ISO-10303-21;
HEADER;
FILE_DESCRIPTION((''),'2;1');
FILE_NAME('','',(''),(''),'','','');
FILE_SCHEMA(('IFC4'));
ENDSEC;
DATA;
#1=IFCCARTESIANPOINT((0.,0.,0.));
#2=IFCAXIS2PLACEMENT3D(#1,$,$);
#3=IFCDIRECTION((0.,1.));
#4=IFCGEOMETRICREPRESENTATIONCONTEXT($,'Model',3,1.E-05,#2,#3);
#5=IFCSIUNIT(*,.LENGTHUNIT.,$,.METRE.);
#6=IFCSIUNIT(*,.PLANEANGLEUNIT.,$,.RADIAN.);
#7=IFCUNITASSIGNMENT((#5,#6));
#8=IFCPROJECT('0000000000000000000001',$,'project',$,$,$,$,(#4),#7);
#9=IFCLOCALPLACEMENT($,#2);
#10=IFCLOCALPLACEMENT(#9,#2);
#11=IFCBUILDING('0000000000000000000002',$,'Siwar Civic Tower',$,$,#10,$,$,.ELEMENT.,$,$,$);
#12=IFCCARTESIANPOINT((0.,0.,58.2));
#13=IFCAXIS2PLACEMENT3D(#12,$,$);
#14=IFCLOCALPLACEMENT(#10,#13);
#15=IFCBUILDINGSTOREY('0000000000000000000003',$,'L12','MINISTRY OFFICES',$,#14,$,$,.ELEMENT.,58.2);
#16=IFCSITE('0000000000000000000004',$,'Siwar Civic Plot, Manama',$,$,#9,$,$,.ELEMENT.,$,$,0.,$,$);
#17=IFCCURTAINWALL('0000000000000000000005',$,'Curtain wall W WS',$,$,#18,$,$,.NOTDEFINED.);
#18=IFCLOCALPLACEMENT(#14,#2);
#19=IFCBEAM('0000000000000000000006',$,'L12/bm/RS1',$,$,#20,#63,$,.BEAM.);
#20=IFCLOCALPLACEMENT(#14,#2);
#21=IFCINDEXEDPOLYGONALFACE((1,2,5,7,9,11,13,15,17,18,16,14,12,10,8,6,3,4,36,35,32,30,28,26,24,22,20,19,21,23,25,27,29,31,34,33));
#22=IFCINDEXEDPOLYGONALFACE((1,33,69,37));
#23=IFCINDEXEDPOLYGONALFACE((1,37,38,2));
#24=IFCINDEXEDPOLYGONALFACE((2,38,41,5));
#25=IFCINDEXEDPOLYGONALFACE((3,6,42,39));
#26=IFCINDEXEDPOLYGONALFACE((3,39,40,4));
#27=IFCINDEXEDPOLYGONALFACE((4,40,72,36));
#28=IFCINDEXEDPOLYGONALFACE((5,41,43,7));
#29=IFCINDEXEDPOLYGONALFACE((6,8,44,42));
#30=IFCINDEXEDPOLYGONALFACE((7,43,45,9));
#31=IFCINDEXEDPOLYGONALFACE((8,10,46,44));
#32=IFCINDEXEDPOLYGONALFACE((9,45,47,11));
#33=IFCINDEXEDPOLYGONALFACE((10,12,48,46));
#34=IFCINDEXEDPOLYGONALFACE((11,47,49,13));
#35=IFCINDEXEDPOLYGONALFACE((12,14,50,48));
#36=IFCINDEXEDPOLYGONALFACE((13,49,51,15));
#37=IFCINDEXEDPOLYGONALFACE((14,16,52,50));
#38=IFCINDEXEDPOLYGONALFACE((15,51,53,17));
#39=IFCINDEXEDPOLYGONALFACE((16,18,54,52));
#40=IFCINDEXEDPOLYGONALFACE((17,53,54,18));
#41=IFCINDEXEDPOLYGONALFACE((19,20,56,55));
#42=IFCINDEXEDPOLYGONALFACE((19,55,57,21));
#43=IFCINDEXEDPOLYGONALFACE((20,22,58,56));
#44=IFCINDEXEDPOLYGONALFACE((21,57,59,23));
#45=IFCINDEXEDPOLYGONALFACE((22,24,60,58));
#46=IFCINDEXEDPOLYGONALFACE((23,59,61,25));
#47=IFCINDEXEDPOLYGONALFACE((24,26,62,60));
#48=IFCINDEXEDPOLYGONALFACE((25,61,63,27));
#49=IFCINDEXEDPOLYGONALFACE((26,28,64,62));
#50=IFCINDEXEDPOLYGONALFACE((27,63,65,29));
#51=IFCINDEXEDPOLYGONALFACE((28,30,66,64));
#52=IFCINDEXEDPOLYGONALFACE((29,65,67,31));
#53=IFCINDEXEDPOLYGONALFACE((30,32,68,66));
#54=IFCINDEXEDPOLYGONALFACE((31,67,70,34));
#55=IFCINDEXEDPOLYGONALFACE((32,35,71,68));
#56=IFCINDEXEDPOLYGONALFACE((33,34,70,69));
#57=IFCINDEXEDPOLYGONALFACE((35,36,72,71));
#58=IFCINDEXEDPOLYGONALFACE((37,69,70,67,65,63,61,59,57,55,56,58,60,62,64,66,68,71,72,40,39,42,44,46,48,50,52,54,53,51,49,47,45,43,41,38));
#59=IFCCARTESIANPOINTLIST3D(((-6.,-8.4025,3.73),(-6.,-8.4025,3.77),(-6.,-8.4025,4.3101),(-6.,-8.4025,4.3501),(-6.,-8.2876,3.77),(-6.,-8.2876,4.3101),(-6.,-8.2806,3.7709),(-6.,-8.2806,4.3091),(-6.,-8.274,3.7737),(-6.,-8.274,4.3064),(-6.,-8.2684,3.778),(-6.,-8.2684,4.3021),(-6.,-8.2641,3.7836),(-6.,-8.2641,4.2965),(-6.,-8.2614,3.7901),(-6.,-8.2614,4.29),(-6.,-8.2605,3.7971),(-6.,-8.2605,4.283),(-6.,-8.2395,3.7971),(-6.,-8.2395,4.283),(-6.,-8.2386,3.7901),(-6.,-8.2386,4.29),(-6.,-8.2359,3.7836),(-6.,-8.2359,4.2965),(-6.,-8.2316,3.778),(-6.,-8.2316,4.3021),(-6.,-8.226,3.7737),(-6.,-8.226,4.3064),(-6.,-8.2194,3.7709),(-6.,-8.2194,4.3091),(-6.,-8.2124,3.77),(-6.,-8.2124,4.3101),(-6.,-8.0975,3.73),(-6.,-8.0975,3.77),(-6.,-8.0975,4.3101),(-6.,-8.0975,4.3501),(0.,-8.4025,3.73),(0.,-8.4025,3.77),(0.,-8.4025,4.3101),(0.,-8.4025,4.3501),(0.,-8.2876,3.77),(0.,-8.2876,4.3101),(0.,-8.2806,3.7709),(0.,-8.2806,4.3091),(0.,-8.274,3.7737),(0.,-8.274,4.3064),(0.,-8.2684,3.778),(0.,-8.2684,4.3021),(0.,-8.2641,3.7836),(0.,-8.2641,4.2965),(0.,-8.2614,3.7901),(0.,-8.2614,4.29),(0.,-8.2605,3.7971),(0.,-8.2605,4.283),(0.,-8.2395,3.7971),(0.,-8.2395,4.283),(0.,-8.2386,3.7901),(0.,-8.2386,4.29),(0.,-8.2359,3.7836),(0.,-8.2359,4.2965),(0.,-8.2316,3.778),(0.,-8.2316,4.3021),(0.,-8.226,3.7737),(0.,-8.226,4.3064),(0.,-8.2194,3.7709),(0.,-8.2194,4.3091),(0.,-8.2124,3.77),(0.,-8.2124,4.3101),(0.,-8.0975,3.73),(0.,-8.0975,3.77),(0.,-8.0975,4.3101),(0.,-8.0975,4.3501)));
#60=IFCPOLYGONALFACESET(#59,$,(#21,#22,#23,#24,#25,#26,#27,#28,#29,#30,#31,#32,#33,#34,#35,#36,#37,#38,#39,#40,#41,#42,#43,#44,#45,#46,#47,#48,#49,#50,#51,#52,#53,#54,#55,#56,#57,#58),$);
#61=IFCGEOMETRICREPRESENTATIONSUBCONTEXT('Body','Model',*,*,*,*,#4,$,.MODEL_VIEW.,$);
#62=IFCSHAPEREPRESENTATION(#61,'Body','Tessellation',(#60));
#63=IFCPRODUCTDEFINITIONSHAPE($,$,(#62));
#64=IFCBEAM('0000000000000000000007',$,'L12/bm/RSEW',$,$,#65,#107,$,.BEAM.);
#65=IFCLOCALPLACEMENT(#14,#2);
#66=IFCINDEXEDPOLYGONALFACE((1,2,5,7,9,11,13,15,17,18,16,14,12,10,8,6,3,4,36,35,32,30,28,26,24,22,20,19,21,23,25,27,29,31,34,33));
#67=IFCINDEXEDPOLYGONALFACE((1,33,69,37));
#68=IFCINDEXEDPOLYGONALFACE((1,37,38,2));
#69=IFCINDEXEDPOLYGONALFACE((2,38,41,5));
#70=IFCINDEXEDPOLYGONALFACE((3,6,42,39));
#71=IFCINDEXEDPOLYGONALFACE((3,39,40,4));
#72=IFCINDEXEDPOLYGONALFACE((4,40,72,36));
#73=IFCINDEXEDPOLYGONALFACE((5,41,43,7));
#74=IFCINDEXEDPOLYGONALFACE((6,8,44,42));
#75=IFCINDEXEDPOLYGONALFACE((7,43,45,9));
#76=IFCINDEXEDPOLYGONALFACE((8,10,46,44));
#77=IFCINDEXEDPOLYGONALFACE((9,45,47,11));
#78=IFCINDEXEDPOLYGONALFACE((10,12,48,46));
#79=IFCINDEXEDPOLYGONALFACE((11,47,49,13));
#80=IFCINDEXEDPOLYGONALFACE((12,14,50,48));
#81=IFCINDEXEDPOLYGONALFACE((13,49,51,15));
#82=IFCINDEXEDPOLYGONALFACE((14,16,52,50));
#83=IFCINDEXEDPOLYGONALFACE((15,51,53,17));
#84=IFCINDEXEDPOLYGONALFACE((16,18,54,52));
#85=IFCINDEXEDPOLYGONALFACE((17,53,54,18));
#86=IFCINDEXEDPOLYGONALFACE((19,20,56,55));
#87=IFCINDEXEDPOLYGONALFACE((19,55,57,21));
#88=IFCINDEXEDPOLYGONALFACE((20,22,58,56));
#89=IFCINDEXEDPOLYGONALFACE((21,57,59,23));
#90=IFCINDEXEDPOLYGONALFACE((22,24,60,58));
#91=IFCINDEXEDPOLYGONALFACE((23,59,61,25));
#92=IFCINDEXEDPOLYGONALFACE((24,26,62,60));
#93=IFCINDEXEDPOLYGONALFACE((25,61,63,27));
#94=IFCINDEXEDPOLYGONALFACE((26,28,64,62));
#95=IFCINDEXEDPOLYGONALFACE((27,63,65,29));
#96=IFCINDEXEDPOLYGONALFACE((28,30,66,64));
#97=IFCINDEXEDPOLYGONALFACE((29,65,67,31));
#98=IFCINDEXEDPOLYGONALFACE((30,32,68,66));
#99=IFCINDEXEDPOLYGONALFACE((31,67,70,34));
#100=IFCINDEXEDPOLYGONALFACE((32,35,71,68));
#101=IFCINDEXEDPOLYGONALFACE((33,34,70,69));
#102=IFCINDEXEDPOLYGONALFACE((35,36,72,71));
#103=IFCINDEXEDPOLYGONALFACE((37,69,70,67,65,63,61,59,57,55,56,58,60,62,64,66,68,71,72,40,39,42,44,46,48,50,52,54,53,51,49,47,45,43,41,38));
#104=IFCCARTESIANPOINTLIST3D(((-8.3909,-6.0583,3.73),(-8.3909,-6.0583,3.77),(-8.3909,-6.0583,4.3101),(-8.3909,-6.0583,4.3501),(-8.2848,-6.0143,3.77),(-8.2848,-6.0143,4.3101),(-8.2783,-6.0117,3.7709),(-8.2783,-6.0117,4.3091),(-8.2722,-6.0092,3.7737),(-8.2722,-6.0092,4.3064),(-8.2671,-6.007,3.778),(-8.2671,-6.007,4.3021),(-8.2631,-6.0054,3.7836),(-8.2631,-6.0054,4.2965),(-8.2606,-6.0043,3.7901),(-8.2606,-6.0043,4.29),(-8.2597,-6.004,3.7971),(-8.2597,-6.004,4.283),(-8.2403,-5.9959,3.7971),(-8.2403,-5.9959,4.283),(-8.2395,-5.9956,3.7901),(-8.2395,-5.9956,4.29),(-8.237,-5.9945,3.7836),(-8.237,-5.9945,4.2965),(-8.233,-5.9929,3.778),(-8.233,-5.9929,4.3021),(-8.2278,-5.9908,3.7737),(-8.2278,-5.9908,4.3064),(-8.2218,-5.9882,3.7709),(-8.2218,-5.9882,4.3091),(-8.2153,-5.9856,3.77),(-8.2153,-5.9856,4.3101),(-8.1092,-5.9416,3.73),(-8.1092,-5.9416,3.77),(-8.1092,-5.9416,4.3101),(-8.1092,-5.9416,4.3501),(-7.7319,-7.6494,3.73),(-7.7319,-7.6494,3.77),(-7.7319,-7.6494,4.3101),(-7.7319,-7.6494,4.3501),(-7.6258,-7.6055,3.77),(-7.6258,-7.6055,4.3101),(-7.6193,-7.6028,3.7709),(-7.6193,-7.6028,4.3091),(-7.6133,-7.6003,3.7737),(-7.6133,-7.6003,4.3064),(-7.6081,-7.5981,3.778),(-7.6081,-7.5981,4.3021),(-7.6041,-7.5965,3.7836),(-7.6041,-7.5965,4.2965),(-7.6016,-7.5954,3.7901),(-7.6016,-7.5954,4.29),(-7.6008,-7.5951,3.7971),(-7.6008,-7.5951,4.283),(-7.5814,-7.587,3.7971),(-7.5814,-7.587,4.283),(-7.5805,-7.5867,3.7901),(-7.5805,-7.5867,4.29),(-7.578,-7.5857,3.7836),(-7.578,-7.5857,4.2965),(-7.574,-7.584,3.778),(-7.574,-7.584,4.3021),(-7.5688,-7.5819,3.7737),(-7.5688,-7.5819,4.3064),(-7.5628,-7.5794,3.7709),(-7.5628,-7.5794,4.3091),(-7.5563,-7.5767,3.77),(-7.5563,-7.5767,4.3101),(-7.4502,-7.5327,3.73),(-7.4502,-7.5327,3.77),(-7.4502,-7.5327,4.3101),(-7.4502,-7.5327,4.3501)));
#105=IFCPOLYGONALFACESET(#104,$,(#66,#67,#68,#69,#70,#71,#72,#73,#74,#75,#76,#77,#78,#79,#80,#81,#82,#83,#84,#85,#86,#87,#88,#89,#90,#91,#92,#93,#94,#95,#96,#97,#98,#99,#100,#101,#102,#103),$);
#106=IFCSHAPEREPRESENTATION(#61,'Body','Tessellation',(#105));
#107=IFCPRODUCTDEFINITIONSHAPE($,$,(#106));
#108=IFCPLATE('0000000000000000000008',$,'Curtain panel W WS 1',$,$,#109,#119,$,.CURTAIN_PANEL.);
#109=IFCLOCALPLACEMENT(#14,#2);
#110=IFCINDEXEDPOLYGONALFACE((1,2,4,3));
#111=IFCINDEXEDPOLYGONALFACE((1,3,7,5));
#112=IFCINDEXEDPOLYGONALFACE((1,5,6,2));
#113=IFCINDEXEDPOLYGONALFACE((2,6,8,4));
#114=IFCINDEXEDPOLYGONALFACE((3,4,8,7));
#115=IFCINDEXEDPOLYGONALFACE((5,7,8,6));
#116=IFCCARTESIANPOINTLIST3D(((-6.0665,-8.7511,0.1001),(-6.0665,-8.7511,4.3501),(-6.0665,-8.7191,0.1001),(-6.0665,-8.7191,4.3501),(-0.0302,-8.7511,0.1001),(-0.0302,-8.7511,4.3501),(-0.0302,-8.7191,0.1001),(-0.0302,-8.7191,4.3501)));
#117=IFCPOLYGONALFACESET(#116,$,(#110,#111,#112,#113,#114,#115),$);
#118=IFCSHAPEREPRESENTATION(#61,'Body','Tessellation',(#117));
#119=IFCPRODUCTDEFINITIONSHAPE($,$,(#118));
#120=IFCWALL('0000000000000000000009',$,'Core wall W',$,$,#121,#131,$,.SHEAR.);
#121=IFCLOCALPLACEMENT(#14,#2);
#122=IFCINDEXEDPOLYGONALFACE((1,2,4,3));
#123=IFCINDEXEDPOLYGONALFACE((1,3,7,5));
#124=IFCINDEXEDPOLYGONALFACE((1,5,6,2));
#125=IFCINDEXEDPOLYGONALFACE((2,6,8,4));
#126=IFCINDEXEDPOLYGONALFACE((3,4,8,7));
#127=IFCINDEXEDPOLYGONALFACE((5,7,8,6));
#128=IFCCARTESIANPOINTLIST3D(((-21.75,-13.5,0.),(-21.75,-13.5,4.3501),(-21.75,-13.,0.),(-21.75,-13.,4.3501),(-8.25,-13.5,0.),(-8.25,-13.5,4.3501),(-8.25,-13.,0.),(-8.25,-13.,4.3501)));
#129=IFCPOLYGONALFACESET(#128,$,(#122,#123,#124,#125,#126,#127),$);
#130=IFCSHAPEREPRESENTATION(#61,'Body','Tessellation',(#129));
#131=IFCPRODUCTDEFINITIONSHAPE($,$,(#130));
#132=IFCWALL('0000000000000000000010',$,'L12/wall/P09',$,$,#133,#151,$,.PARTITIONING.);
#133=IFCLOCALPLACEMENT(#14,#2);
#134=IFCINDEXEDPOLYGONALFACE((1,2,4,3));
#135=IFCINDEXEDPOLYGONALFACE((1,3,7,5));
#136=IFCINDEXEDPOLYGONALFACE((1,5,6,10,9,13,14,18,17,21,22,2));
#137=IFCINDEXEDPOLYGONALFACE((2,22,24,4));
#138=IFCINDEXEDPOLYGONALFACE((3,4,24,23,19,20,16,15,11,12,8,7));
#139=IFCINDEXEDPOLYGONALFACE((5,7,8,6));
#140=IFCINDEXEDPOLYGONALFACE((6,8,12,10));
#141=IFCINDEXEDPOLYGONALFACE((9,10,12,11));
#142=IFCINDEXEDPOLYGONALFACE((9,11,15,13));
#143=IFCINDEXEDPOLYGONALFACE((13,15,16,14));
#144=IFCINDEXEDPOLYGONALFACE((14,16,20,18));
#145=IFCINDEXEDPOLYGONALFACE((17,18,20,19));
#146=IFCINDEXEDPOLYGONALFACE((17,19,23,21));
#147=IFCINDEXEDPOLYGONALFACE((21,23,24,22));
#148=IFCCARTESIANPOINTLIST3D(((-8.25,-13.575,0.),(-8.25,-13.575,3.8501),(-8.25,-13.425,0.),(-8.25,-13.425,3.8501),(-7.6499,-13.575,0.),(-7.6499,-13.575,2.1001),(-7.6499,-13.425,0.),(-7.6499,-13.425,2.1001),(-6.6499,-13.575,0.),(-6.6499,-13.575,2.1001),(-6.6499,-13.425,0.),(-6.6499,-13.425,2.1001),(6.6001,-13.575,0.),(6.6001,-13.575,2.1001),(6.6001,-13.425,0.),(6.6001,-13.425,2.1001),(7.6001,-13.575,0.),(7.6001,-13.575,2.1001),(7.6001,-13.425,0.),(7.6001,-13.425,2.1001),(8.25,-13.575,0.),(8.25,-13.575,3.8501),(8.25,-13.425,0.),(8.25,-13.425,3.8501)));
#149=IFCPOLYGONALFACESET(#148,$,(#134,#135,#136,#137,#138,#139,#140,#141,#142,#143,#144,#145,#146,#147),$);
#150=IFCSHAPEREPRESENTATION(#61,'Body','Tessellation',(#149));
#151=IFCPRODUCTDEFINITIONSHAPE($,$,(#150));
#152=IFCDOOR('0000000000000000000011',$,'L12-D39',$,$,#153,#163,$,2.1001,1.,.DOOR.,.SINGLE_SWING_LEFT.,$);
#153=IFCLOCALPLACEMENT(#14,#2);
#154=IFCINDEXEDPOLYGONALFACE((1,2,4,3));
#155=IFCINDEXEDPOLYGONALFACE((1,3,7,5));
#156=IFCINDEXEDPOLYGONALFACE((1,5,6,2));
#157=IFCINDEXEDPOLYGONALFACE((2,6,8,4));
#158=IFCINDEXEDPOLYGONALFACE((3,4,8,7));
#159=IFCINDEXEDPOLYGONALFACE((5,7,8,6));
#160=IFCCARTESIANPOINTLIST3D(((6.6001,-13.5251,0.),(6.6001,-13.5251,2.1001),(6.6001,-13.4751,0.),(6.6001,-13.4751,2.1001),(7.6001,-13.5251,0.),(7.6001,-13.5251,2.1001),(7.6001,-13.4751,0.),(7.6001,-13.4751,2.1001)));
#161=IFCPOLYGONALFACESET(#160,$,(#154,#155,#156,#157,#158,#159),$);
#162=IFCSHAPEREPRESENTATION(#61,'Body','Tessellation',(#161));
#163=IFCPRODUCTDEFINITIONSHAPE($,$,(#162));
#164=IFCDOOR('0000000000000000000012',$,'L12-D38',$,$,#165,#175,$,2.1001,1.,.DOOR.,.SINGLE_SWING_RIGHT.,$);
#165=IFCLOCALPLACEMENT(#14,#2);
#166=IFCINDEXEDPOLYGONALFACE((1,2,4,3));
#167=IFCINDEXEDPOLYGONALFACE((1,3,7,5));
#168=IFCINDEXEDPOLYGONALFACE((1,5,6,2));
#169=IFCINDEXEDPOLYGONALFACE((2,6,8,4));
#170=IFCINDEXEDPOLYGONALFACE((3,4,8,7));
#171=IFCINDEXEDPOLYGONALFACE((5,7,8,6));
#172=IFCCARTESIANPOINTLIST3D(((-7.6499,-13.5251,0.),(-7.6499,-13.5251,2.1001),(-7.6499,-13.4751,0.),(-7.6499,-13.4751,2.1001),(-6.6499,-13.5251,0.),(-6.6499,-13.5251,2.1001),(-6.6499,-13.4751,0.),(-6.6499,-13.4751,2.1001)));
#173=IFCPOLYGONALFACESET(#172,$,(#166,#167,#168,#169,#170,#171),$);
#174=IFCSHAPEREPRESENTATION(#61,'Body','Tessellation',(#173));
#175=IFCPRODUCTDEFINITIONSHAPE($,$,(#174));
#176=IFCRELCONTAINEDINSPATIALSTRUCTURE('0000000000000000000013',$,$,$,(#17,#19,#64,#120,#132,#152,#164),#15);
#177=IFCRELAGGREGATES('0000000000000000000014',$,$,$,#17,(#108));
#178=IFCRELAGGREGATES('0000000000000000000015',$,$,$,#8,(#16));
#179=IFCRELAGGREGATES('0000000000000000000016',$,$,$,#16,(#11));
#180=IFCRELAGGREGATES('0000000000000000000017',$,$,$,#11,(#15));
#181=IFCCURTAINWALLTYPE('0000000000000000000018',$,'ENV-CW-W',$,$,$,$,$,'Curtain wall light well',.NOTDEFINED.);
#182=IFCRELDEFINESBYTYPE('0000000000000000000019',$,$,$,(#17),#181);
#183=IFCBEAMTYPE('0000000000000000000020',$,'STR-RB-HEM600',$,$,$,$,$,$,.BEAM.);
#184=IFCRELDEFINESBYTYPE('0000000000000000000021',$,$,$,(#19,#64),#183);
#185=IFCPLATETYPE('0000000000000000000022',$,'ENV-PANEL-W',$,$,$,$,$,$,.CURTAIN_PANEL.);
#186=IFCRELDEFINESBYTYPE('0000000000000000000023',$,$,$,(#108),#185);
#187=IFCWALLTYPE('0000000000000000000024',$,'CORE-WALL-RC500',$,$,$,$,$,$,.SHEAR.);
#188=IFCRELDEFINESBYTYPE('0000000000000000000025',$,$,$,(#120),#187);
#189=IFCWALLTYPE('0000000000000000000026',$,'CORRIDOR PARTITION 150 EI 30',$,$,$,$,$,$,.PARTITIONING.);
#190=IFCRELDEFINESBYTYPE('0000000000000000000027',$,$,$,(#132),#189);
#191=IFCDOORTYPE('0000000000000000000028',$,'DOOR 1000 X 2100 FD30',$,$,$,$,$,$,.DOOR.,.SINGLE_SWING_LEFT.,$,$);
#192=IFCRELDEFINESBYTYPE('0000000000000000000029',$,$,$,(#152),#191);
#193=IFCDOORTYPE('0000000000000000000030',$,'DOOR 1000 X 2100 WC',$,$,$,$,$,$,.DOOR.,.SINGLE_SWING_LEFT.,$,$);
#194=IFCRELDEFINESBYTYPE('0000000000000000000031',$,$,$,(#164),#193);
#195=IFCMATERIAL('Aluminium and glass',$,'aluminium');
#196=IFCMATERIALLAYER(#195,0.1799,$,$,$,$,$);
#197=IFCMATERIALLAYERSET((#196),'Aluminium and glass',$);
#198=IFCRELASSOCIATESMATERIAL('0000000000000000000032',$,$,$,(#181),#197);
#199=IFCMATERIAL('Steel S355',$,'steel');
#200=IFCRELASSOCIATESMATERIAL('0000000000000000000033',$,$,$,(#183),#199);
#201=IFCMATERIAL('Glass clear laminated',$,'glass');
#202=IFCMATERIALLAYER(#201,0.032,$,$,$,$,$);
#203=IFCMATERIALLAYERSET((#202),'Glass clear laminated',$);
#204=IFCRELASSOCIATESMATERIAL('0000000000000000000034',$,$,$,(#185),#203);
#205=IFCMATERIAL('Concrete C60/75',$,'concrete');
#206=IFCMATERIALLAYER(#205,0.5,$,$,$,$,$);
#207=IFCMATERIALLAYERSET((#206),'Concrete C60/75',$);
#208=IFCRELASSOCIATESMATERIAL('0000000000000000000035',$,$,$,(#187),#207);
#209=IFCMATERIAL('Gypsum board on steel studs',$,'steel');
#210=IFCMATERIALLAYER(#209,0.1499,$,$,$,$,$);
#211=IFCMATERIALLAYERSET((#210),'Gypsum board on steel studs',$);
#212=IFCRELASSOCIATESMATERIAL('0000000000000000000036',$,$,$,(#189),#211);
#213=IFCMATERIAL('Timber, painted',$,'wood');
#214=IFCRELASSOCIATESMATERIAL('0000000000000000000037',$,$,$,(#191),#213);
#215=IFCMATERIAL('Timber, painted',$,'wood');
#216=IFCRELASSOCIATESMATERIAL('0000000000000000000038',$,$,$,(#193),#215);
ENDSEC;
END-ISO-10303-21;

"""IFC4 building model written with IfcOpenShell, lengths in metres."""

from ifc_helpers import new_model, si_unit, direction, frame, frame_2d, origin, origin_2d, place, context, subcontext, project, spatial, rectangle, i_section, extrude, material, layer, layer_set, material_profile, profile_set, type_object, element, fill, aggregate, save


model = new_model("IFC4")

# Units and contexts
model_context = context("Model", 3, precision=1e-05, world=origin(), true_north=direction((0.0, 1.0)))
body_context = subcontext(model_context, "Body", "Model", "MODEL_VIEW")
ifc_project = project(units=[si_unit("LENGTHUNIT", "METRE"), si_unit("PLANEANGLEUNIT", "RADIAN")], contexts=[model_context])

# Site, building, storey
site_placement = place(None, origin())
site = spatial("IfcSite", under=ifc_project, at=site_placement, Name="Siwar Civic Plot, Manama", CompositionType="ELEMENT", RefElevation=0.0)
building_placement = place(site_placement, origin())
building = spatial("IfcBuilding", under=site, at=building_placement, Name="Siwar Civic Tower", CompositionType="ELEMENT")
storey_placement = place(building_placement, frame((0.0, 0.0, 58.2)))
storey = spatial("IfcBuildingStorey", under=building, at=storey_placement, Name="L12", Description="MINISTRY OFFICES", CompositionType="ELEMENT", Elevation=58.2)

# Curtain wall
ifc_material_1 = material(Name="Aluminium and glass", Category="aluminium")
ifc_layer_1 = layer(ifc_material_1, 0.1799)
ifc_layer_set_1 = layer_set([ifc_layer_1], Name="Aluminium and glass")
curtain_wall_type = type_object("IfcCurtainWallType", Name="ENV-CW-W", ElementType="Curtain wall light well", PredefinedType="NOTDEFINED", material=ifc_layer_set_1)
curtain_wall_placement = place(storey_placement, origin())
curtain_wall = element("IfcCurtainWall", 1, at=curtain_wall_placement, inside=storey, type_object=curtain_wall_type, Name="Curtain wall W WS", PredefinedType="NOTDEFINED")

# Beams
ifc_material_2 = material(Name="Steel S355", Category="steel")
ifc_material_profile_1 = material_profile(ifc_material_2, i_section(OverallWidth=0.3049, OverallDepth=0.6201, WebThickness=0.021, FlangeThickness=0.04, FilletRadius=0.0271, at=origin_2d()), Name="HEM600")
ifc_profile_set_1 = profile_set([ifc_material_profile_1], Name="Steel S355")
beam_type_1 = type_object("IfcBeamType", Name="STR-RB-HEM600", PredefinedType="BEAM", material=ifc_profile_set_1)
beam_1_placement = place(storey_placement, frame((-6.0, -8.25, 4.04), z_axis=(1.0, 0.0, 0.0), x_axis=(0.0, 1.0, 0.0)))
element("IfcBeam", 2, at=beam_1_placement, inside=storey, type_object=beam_type_1, Name="L12/bm/RS1", PredefinedType="BEAM", context=body_context, shape_type="SweptSolid", body=[
    extrude(i_section(OverallWidth=0.3049, OverallDepth=0.6201, WebThickness=0.021, FlangeThickness=0.04, FilletRadius=0.0271, at=origin_2d()), origin(), (0.0, 0.0, 1.0), 6.0),
])
beam_2_placement = place(storey_placement, frame((-7.5911, -7.5911, 4.04), z_axis=(-0.382631, 0.923901, 0.0), x_axis=(-0.923901, -0.382631, 0.0)))
element("IfcBeam", 3, at=beam_2_placement, inside=storey, type_object=beam_type_1, Name="L12/bm/RSEW", PredefinedType="BEAM", context=body_context, shape_type="SweptSolid", body=[
    extrude(i_section(OverallWidth=0.3049, OverallDepth=0.6201, WebThickness=0.021, FlangeThickness=0.04, FilletRadius=0.0271, at=origin_2d()), origin(), (0.0, 0.0, 1.0), 1.7222),
])

# Plate
ifc_material_3 = material(Name="Glass clear laminated", Category="glass")
ifc_layer_2 = layer(ifc_material_3, 0.032)
ifc_layer_set_2 = layer_set([ifc_layer_2], Name="Glass clear laminated")
plate_type = type_object("IfcPlateType", Name="ENV-PANEL-W", PredefinedType="CURTAIN_PANEL", material=ifc_layer_set_2)
plate_placement = place(storey_placement, frame((-3.0483, -8.7351, 0.1001), z_axis=(0.0, 0.0, 1.0), x_axis=(1.0, 0.0, 0.0)))
plate = element("IfcPlate", 4, at=plate_placement, type_object=plate_type, Name="Curtain panel W WS 1", PredefinedType="CURTAIN_PANEL", context=body_context, shape_type="SweptSolid", body=[
    extrude(rectangle(XDim=6.0364, YDim=0.032, at=origin_2d()), origin(), (0.0, 0.0, 1.0), 4.25),
])
aggregate(curtain_wall, [plate])

# Wall
ifc_material_4 = material(Name="Concrete C60/75", Category="concrete")
ifc_layer_3 = layer(ifc_material_4, 0.5)
ifc_layer_set_3 = layer_set([ifc_layer_3], Name="Concrete C60/75")
wall_type_1 = type_object("IfcWallType", Name="CORE-WALL-RC500", PredefinedType="SHEAR", material=ifc_layer_set_3)
wall_1_placement = place(storey_placement, frame((-8.25, -13.25, 0.0), z_axis=(0.0, 0.0, 1.0), x_axis=(-1.0, 0.0, 0.0)))
element("IfcWall", 5, at=wall_1_placement, inside=storey, type_object=wall_type_1, Name="Core wall W", PredefinedType="SHEAR", context=body_context, shape_type="SweptSolid", body=[
    extrude(rectangle(XDim=13.5, YDim=0.5, at=frame_2d((6.75, 0.0))), origin(), (0.0, 0.0, 1.0), 4.3501),
])

# Wall, openings, doors
ifc_material_5 = material(Name="Gypsum board on steel studs", Category="steel")
ifc_layer_4 = layer(ifc_material_5, 0.1499)
ifc_layer_set_4 = layer_set([ifc_layer_4], Name="Gypsum board on steel studs")
wall_type_2 = type_object("IfcWallType", Name="CORRIDOR PARTITION 150 EI 30", PredefinedType="PARTITIONING", material=ifc_layer_set_4)
wall_2_placement = place(storey_placement, frame((-8.25, -13.5, 0.0), z_axis=(0.0, 0.0, 1.0), x_axis=(1.0, 0.0, 0.0)))
wall_2 = element("IfcWall", 6, at=wall_2_placement, inside=storey, type_object=wall_type_2, Name="L12/wall/P09", PredefinedType="PARTITIONING", context=body_context, shape_type="SweptSolid", body=[
    extrude(rectangle(XDim=16.5, YDim=0.1499, at=frame_2d((8.25, 0.0))), origin(), (0.0, 0.0, 1.0), 3.8501),
])
opening_1_placement = place(wall_2_placement, frame((0.6001, 0.0, 0.0)))
opening_1 = element("IfcOpeningElement", 7, at=opening_1_placement, cuts=wall_2, PredefinedType="OPENING", context=body_context, shape_type="SweptSolid", body=[
    extrude(rectangle(XDim=1.0, YDim=2.1001, at=frame_2d((0.5, 1.05))), frame((0.0, 0.085, 0.0), z_axis=(0.0, -1.0, 0.0), x_axis=(1.0, 0.0, 0.0)), (0.0, 0.0, 1.0), 0.1699),
])
opening_2_placement = place(wall_2_placement, frame((14.8501, 0.0, 0.0)))
opening_2 = element("IfcOpeningElement", 8, at=opening_2_placement, cuts=wall_2, PredefinedType="OPENING", context=body_context, shape_type="SweptSolid", body=[
    extrude(rectangle(XDim=1.0, YDim=2.1001, at=frame_2d((0.5, 1.05))), frame((0.0, 0.085, 0.0), z_axis=(0.0, -1.0, 0.0), x_axis=(1.0, 0.0, 0.0)), (0.0, 0.0, 1.0), 0.1699),
])
ifc_material_6 = material(Name="Timber, painted", Category="wood")
door_type_1 = type_object("IfcDoorType", Name="DOOR 1000 X 2100 FD30", OperationType="SINGLE_SWING_LEFT", PredefinedType="DOOR", material=ifc_material_6)
door_1_placement = place(opening_2_placement, origin())
door_1 = element("IfcDoor", 9, at=door_1_placement, inside=storey, type_object=door_type_1, Name="L12-D39", OperationType="SINGLE_SWING_LEFT", OverallHeight=2.1001, OverallWidth=1.0, PredefinedType="DOOR", context=body_context, shape_type="SweptSolid", body=[
    extrude(rectangle(XDim=1.0, YDim=2.1001, at=frame_2d((0.5, 1.05))), frame((0.0, 0.0249, 0.0), z_axis=(0.0, -1.0, 0.0), x_axis=(1.0, 0.0, 0.0)), (0.0, 0.0, 1.0), 0.05),
])
fill(opening_2, door_1)
ifc_material_7 = material(Name="Timber, painted", Category="wood")
door_type_2 = type_object("IfcDoorType", Name="DOOR 1000 X 2100 WC", OperationType="SINGLE_SWING_LEFT", PredefinedType="DOOR", material=ifc_material_7)
door_2_placement = place(opening_1_placement, origin())
door_2 = element("IfcDoor", 10, at=door_2_placement, inside=storey, type_object=door_type_2, Name="L12-D38", OperationType="SINGLE_SWING_RIGHT", OverallHeight=2.1001, OverallWidth=1.0, PredefinedType="DOOR", context=body_context, shape_type="SweptSolid", body=[
    extrude(rectangle(XDim=1.0, YDim=2.1001, at=frame_2d((0.5, 1.05))), frame((0.0, 0.0249, 0.0), z_axis=(0.0, -1.0, 0.0), x_axis=(1.0, 0.0, 0.0)), (0.0, 0.0, 1.0), 0.05),
])
fill(opening_1, door_2)

save(model, "model.ifc")
